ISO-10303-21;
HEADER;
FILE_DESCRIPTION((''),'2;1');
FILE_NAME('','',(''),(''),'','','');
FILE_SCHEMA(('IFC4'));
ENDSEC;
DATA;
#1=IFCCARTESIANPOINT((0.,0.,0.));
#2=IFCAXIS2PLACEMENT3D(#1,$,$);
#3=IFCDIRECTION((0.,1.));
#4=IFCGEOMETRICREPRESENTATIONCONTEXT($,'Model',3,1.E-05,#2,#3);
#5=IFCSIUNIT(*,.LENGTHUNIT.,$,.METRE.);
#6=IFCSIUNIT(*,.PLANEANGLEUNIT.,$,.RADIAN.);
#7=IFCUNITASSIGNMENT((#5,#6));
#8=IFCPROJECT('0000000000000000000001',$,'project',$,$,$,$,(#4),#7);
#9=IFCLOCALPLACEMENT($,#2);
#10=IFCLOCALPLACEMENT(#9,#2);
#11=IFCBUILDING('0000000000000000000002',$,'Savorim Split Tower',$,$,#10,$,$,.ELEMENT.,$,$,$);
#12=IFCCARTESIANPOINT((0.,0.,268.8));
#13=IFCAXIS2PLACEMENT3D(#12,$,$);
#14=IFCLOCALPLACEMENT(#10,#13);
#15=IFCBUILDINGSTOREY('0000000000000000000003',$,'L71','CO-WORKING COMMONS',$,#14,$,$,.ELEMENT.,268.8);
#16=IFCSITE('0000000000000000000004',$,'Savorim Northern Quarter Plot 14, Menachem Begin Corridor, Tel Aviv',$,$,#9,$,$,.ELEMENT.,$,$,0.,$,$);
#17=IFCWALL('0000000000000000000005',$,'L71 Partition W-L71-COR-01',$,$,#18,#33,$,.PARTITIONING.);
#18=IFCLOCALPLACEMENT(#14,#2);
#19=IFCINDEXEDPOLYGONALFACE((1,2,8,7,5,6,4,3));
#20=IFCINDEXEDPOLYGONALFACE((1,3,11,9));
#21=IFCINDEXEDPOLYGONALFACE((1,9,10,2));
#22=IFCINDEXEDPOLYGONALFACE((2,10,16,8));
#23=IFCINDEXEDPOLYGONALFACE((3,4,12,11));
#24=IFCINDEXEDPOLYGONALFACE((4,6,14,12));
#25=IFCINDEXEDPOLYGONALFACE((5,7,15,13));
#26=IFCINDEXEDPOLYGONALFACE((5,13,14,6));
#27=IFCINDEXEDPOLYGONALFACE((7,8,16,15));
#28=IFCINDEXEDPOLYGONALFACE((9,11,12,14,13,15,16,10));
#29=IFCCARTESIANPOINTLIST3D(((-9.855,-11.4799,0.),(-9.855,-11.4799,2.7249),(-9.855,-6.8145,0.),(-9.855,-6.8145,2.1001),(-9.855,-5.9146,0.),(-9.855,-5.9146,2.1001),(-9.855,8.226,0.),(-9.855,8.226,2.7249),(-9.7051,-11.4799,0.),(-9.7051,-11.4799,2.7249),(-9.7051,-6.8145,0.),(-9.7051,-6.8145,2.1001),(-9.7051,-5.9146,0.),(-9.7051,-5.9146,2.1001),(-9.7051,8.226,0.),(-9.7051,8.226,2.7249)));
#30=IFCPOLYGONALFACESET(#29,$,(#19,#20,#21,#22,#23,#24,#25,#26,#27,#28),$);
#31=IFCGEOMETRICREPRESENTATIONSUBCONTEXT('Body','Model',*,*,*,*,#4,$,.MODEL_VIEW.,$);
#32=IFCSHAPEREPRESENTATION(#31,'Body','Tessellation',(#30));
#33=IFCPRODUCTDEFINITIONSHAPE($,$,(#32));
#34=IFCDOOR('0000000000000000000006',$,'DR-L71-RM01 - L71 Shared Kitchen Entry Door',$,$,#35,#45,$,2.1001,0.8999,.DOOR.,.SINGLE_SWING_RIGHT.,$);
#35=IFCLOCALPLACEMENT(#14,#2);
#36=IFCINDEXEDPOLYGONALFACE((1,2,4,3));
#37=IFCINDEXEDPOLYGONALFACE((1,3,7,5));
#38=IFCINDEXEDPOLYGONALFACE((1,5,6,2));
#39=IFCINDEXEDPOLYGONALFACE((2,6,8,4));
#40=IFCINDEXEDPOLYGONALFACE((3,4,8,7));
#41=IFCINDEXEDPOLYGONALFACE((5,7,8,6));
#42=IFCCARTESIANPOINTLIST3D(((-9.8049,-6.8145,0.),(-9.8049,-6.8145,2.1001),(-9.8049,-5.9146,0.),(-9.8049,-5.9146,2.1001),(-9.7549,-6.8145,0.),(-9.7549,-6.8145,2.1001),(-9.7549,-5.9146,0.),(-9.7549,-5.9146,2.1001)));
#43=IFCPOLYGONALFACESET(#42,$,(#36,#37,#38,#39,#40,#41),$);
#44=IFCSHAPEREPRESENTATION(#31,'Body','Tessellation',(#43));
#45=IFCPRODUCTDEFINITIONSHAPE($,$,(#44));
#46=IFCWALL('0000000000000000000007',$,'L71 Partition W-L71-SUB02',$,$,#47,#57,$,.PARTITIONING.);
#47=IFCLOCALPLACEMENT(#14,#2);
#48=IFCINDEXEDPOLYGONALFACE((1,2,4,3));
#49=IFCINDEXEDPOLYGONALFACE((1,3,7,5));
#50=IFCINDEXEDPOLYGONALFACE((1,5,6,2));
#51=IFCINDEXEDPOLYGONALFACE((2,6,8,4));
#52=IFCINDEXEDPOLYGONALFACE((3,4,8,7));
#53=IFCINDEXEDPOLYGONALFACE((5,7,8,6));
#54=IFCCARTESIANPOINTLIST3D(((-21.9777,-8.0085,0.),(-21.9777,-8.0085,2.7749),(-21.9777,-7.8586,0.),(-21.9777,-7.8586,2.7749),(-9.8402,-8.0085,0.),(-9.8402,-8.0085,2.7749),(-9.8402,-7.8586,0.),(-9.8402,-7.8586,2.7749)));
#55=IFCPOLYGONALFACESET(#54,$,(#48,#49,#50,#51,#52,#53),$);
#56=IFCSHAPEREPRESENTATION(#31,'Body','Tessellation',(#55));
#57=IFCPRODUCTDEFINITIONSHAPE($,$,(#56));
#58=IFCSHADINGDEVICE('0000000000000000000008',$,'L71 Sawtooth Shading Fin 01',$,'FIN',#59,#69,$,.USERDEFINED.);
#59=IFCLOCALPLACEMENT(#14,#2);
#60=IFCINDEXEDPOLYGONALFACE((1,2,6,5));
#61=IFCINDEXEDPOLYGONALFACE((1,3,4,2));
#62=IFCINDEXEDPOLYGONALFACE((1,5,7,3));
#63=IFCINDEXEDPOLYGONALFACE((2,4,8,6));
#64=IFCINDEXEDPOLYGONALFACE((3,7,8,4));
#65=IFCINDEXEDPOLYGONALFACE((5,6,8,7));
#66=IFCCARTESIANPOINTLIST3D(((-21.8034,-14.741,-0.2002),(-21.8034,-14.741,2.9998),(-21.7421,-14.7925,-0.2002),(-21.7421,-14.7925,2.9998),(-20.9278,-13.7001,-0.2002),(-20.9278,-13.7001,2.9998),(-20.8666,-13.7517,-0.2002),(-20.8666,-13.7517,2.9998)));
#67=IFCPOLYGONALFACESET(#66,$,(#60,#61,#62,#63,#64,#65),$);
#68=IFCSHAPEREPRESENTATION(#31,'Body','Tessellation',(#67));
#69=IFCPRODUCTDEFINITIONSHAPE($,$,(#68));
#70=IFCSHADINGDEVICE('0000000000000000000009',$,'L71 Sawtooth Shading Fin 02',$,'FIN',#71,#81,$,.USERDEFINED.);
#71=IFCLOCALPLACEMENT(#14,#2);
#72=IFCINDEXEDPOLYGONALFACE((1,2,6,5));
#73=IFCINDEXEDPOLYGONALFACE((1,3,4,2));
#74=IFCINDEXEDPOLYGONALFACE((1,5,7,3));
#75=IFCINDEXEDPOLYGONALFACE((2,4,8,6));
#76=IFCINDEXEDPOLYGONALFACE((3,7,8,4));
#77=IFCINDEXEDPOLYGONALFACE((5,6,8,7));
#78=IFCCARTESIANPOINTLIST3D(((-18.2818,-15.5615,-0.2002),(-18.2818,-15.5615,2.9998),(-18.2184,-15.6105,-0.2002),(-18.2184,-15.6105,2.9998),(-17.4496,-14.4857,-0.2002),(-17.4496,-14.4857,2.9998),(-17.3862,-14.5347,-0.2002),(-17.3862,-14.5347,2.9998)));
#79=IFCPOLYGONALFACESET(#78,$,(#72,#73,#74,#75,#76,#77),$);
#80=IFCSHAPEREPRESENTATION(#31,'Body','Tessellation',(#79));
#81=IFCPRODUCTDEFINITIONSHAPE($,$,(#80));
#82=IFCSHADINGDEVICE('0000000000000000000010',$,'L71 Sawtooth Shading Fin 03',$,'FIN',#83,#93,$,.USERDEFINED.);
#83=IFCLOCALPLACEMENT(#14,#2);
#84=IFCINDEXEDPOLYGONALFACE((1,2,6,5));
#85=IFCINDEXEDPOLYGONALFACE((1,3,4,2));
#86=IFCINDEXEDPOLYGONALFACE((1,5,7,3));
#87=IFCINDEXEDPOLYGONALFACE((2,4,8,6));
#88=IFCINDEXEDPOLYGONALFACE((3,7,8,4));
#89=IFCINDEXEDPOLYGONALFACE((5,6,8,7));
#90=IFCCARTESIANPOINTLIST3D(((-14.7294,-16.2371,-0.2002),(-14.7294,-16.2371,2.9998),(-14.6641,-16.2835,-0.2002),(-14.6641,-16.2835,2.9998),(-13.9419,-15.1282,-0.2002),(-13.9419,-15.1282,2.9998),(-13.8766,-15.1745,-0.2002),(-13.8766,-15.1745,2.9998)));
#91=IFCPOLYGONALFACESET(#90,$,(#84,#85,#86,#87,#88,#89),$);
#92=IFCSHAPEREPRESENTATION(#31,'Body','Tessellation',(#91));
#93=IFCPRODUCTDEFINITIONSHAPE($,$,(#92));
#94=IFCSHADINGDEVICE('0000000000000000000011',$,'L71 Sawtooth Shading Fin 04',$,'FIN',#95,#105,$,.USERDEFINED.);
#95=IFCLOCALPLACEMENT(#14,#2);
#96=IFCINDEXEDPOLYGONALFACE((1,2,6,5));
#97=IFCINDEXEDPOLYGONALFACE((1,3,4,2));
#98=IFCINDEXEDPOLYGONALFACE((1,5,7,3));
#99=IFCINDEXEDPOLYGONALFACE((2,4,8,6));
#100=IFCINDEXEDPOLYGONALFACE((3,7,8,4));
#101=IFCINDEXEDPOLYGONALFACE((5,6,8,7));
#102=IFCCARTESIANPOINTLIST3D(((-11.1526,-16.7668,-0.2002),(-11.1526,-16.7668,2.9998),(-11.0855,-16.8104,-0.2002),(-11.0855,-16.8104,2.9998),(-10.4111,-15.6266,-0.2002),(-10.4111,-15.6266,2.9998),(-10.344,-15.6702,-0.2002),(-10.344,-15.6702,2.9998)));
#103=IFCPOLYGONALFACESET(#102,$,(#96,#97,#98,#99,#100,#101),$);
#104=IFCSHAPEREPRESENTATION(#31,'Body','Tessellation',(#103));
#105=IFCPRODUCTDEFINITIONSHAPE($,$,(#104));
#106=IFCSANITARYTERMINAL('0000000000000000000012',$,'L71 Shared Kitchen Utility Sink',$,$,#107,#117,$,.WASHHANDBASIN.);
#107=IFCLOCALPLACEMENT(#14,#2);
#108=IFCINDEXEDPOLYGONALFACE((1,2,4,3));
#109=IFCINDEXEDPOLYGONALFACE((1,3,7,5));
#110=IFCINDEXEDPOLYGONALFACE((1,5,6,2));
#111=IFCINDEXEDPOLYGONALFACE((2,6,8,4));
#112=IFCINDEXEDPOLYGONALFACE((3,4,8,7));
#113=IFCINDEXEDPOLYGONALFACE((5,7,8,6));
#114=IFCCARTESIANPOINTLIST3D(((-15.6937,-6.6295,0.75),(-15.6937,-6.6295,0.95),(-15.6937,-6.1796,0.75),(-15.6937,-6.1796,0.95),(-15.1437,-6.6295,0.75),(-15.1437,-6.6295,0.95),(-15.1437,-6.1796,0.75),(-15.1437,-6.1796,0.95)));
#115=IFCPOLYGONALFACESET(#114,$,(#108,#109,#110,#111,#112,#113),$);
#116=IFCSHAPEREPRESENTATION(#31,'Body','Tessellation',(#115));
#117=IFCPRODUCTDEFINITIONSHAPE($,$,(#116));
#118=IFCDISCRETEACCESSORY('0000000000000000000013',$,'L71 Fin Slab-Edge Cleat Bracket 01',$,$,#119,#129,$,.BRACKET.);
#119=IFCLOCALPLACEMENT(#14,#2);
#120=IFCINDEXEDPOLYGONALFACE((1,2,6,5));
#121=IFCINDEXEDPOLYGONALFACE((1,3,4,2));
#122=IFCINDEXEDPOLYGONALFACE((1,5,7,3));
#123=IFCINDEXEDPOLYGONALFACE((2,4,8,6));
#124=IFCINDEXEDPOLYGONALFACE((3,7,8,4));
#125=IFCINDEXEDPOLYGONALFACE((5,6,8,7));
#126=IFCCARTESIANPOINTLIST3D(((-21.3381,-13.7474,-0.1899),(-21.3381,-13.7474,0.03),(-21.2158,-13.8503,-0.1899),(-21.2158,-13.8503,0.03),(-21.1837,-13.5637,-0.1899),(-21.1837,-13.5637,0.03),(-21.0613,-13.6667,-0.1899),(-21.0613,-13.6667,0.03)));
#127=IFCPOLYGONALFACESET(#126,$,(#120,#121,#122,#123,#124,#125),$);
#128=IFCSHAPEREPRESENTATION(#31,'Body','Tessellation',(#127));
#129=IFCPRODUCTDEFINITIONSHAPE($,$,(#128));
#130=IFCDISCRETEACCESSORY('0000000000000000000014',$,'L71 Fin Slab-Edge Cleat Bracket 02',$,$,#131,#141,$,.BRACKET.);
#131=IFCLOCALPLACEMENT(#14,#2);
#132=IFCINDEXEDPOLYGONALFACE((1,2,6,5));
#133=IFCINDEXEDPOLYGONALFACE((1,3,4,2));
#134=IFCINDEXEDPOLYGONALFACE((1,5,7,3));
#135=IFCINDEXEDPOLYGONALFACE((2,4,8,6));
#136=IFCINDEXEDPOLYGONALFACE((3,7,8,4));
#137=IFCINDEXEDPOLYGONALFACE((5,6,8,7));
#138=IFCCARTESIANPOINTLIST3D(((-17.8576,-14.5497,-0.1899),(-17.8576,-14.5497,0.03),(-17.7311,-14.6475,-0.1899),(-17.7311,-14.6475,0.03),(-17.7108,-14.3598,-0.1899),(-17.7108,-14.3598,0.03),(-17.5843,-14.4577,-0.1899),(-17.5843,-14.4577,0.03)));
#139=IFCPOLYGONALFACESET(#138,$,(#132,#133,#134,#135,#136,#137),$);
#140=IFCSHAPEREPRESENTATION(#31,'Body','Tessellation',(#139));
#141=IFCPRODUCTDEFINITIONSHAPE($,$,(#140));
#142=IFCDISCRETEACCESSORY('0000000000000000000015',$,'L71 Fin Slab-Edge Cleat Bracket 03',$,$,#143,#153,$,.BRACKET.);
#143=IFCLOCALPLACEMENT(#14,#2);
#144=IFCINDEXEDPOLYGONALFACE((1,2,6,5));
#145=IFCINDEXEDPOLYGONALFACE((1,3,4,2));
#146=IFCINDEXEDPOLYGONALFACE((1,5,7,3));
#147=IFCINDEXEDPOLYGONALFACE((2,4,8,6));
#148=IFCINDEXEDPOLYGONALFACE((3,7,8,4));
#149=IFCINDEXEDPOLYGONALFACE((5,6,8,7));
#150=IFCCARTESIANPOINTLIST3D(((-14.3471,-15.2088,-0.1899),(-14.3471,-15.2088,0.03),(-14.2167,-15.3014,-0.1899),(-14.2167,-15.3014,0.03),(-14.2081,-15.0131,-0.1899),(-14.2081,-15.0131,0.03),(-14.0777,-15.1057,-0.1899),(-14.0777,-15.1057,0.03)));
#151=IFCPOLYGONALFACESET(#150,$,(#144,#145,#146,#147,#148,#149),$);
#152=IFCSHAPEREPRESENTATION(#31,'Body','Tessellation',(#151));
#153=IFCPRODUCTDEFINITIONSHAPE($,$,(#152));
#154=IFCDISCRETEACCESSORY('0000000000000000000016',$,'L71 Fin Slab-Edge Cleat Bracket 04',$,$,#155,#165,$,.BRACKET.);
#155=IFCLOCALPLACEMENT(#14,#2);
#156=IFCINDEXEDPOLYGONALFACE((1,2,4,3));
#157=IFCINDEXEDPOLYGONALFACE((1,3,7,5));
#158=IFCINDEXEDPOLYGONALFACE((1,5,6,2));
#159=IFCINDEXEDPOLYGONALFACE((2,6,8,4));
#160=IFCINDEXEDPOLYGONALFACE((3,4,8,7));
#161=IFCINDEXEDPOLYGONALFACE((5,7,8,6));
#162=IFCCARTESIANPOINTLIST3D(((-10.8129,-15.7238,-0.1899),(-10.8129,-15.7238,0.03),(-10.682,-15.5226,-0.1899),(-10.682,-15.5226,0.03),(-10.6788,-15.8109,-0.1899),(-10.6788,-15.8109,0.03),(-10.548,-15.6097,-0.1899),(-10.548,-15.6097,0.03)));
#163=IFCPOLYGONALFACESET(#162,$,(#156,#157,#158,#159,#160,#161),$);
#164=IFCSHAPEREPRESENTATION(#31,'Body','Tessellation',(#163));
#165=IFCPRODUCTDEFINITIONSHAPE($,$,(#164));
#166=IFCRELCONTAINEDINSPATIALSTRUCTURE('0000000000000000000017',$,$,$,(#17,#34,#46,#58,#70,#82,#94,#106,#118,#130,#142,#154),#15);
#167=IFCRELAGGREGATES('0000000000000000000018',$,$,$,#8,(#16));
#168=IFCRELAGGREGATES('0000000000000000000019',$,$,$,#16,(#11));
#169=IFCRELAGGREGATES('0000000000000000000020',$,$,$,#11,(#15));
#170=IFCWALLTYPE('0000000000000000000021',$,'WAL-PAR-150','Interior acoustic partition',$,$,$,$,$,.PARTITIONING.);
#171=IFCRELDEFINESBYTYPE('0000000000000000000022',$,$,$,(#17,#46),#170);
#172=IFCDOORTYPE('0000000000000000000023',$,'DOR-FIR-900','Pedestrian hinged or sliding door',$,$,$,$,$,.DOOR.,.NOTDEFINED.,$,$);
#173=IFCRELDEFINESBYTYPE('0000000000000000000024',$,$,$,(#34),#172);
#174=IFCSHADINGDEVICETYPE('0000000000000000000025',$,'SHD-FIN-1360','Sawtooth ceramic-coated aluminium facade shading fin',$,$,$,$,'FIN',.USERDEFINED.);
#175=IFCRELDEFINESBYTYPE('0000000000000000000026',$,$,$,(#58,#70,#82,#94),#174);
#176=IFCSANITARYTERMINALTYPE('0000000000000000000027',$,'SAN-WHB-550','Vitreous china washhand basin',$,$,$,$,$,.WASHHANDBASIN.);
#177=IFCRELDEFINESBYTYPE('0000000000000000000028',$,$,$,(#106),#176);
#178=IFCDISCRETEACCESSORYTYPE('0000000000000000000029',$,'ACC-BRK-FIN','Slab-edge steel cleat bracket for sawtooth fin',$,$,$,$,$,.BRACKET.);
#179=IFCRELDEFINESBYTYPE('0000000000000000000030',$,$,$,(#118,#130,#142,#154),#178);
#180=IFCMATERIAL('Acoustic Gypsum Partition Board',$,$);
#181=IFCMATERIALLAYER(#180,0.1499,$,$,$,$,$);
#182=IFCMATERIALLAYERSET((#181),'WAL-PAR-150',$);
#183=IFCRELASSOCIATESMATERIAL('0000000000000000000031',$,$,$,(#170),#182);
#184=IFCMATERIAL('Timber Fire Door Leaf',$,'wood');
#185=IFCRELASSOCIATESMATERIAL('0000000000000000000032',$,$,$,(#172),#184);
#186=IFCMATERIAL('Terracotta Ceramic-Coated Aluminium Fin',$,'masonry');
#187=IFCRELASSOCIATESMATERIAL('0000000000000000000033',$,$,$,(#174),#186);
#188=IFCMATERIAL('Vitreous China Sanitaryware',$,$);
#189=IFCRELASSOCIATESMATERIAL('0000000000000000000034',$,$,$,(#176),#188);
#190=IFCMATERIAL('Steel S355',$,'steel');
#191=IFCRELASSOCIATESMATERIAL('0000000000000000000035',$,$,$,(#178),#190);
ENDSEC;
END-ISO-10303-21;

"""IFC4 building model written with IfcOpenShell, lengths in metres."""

from ifc_helpers import new_model, si_unit, direction, frame, frame_2d, origin, origin_2d, place, context, subcontext, project, spatial, rectangle, extrude, material, layer, layer_set, type_object, element, fill, save


model = new_model("IFC4")

# Units and contexts
model_context = context("Model", 3, precision=1e-05, world=origin(), true_north=direction((0.0, 1.0)))
body_context = subcontext(model_context, "Body", "Model", "MODEL_VIEW")
ifc_project = project(units=[si_unit("LENGTHUNIT", "METRE"), si_unit("PLANEANGLEUNIT", "RADIAN")], contexts=[model_context])

# Site, building, storey
site_placement = place(None, origin())
site = spatial("IfcSite", under=ifc_project, at=site_placement, Name="Savorim Northern Quarter Plot 14, Menachem Begin Corridor, Tel Aviv", CompositionType="ELEMENT", RefElevation=0.0)
building_placement = place(site_placement, origin())
building = spatial("IfcBuilding", under=site, at=building_placement, Name="Savorim Split Tower", CompositionType="ELEMENT")
storey_placement = place(building_placement, frame((0.0, 0.0, 268.8)))
storey = spatial("IfcBuildingStorey", under=building, at=storey_placement, Name="L71", Description="CO-WORKING COMMONS", CompositionType="ELEMENT", Elevation=268.8)

# Shared definitions
ifc_material_1 = material(Name="Steel S355", Category="steel")

# Wall, opening, door
ifc_material_2 = material(Name="Acoustic Gypsum Partition Board")
ifc_layer_1 = layer(ifc_material_2, 0.1499)
ifc_layer_set_1 = layer_set([ifc_layer_1], Name="WAL-PAR-150")
wall_type_1 = type_object("IfcWallType", Name="WAL-PAR-150", Description="Interior acoustic partition", PredefinedType="PARTITIONING", material=ifc_layer_set_1)
wall_1_placement = place(storey_placement, frame((-9.78, -11.48, 0.0), z_axis=(0.0, 0.0, 1.0), x_axis=(0.0, 1.0, 0.0)))
wall_1 = element("IfcWall", 1, at=wall_1_placement, inside=storey, type_object=wall_type_1, Name="L71 Partition W-L71-COR-01", PredefinedType="PARTITIONING", context=body_context, shape_type="SweptSolid", body=[
    extrude(rectangle(XDim=19.7058, YDim=0.1499, at=frame_2d((9.853, 0.0))), origin(), (0.0, 0.0, 1.0), 2.7249),
])
opening_1_placement = place(wall_1_placement, frame((4.6655, 0.0, 0.0)))
opening_1 = element("IfcOpeningElement", 2, at=opening_1_placement, cuts=wall_1, PredefinedType="OPENING", context=body_context, shape_type="SweptSolid", body=[
    extrude(rectangle(XDim=0.8999, YDim=2.1001, at=frame_2d((0.45, 1.05))), frame((0.0, 0.085, 0.0), z_axis=(0.0, -1.0, 0.0), x_axis=(1.0, 0.0, 0.0)), (0.0, 0.0, 1.0), 0.1699),
])
ifc_material_3 = material(Name="Timber Fire Door Leaf", Category="wood")
door_type = type_object("IfcDoorType", Name="DOR-FIR-900", Description="Pedestrian hinged or sliding door", OperationType="NOTDEFINED", PredefinedType="DOOR", material=ifc_material_3)
door_placement = place(opening_1_placement, origin())
door = element("IfcDoor", 3, at=door_placement, inside=storey, type_object=door_type, Name="DR-L71-RM01 - L71 Shared Kitchen Entry Door", OperationType="SINGLE_SWING_RIGHT", OverallHeight=2.1001, OverallWidth=0.8999, PredefinedType="DOOR", context=body_context, shape_type="SweptSolid", body=[
    extrude(rectangle(XDim=0.8999, YDim=2.1001, at=frame_2d((0.45, 1.05))), frame((0.0, 0.0249, 0.0), z_axis=(0.0, -1.0, 0.0), x_axis=(1.0, 0.0, 0.0)), (0.0, 0.0, 1.0), 0.05),
])
fill(opening_1, door)

# Wall
wall_2_placement = place(storey_placement, frame((-9.8401, -7.9336, 0.0), z_axis=(0.0, 0.0, 1.0), x_axis=(-1.0, 0.0, 0.0)))
element("IfcWall", 4, at=wall_2_placement, inside=storey, type_object=wall_type_1, Name="L71 Partition W-L71-SUB02", PredefinedType="PARTITIONING", context=body_context, shape_type="SweptSolid", body=[
    extrude(rectangle(XDim=12.1375, YDim=0.1499, at=frame_2d((6.0688, 0.0))), origin(), (0.0, 0.0, 1.0), 2.7749),
])

# Shading devices
ifc_material_4 = material(Name="Terracotta Ceramic-Coated Aluminium Fin", Category="masonry")
shading_device_type = type_object("IfcShadingDeviceType", Name="SHD-FIN-1360", Description="Sawtooth ceramic-coated aluminium facade shading fin", ElementType="FIN", PredefinedType="USERDEFINED", material=ifc_material_4)
for number, where, z_axis, x_axis, name in (
    (5, (-21.335, -14.2463, -0.2002), (0.0, 0.0, 1.0), (-0.643719, -0.765262, 0.0), "L71 Sawtooth Shading Fin 01"),
    (6, (-17.834, -15.0481, -0.2002), (0.0, 0.0, 1.0), (-0.611868, -0.79096, 0.0), "L71 Sawtooth Shading Fin 02"),
    (7, (-14.303, -15.7058, -0.2002), (0.0, 0.0, 1.0), (-0.578994, -0.815332, 0.0), "L71 Sawtooth Shading Fin 03"),
    (8, (-10.7483, -16.2185, -0.2002), (0.0, 0.0, 1.0), (-0.545148, -0.83834, 0.0), "L71 Sawtooth Shading Fin 04"),
):
    element("IfcShadingDevice", number, at=place(storey_placement, frame(where, z_axis=z_axis, x_axis=x_axis)), inside=storey, type_object=shading_device_type, Name=name, ObjectType="FIN", PredefinedType="USERDEFINED", context=body_context, shape_type="SweptSolid", body=[
        extrude(rectangle(XDim=1.3601, YDim=0.0801, at=origin_2d()), origin(), (0.0, 0.0, 1.0), 3.2),
    ])

# Sanitary terminal
ifc_material_5 = material(Name="Vitreous China Sanitaryware")
sanitary_terminal_type = type_object("IfcSanitaryTerminalType", Name="SAN-WHB-550", Description="Vitreous china washhand basin", PredefinedType="WASHHANDBASIN", material=ifc_material_5)
sanitary_terminal_placement = place(storey_placement, frame((-15.4187, -6.4045, 0.75), z_axis=(0.0, 0.0, 1.0), x_axis=(1.0, 0.0, 0.0)))
element("IfcSanitaryTerminal", 9, at=sanitary_terminal_placement, inside=storey, type_object=sanitary_terminal_type, Name="L71 Shared Kitchen Utility Sink", PredefinedType="WASHHANDBASIN", context=body_context, shape_type="SweptSolid", body=[
    extrude(rectangle(XDim=0.55, YDim=0.45, at=origin_2d()), origin(), (0.0, 0.0, 1.0), 0.2),
])

# Discrete accessories
discrete_accessory_type = type_object("IfcDiscreteAccessoryType", Name="ACC-BRK-FIN", Description="Slab-edge steel cleat bracket for sawtooth fin", PredefinedType="BRACKET", material=ifc_material_1)
for number, where, z_axis, x_axis, name in (
    (10, (-21.1997, -13.707, -0.1899), (0.0, 0.0, 1.0), (-0.643719, -0.765262, 0.0), "L71 Fin Slab-Edge Cleat Bracket 01"),
    (11, (-17.7209, -14.5037, -0.1899), (0.0, 0.0, 1.0), (-0.611868, -0.79096, 0.0), "L71 Fin Slab-Edge Cleat Bracket 02"),
    (12, (-14.2124, -15.1572, -0.1899), (0.0, 0.0, 1.0), (-0.578994, -0.815332, 0.0), "L71 Fin Slab-Edge Cleat Bracket 03"),
    (13, (-10.6804, -15.6667, -0.1899), (0.0, 0.0, 1.0), (-0.545148, -0.83834, 0.0), "L71 Fin Slab-Edge Cleat Bracket 04"),
):
    element("IfcDiscreteAccessory", number, at=place(storey_placement, frame(where, z_axis=z_axis, x_axis=x_axis)), inside=storey, type_object=discrete_accessory_type, Name=name, PredefinedType="BRACKET", context=body_context, shape_type="SweptSolid", body=[
        extrude(rectangle(XDim=0.24, YDim=0.1599, at=origin_2d()), origin(), (0.0, 0.0, 1.0), 0.22),
    ])

save(model, "model.ifc")
